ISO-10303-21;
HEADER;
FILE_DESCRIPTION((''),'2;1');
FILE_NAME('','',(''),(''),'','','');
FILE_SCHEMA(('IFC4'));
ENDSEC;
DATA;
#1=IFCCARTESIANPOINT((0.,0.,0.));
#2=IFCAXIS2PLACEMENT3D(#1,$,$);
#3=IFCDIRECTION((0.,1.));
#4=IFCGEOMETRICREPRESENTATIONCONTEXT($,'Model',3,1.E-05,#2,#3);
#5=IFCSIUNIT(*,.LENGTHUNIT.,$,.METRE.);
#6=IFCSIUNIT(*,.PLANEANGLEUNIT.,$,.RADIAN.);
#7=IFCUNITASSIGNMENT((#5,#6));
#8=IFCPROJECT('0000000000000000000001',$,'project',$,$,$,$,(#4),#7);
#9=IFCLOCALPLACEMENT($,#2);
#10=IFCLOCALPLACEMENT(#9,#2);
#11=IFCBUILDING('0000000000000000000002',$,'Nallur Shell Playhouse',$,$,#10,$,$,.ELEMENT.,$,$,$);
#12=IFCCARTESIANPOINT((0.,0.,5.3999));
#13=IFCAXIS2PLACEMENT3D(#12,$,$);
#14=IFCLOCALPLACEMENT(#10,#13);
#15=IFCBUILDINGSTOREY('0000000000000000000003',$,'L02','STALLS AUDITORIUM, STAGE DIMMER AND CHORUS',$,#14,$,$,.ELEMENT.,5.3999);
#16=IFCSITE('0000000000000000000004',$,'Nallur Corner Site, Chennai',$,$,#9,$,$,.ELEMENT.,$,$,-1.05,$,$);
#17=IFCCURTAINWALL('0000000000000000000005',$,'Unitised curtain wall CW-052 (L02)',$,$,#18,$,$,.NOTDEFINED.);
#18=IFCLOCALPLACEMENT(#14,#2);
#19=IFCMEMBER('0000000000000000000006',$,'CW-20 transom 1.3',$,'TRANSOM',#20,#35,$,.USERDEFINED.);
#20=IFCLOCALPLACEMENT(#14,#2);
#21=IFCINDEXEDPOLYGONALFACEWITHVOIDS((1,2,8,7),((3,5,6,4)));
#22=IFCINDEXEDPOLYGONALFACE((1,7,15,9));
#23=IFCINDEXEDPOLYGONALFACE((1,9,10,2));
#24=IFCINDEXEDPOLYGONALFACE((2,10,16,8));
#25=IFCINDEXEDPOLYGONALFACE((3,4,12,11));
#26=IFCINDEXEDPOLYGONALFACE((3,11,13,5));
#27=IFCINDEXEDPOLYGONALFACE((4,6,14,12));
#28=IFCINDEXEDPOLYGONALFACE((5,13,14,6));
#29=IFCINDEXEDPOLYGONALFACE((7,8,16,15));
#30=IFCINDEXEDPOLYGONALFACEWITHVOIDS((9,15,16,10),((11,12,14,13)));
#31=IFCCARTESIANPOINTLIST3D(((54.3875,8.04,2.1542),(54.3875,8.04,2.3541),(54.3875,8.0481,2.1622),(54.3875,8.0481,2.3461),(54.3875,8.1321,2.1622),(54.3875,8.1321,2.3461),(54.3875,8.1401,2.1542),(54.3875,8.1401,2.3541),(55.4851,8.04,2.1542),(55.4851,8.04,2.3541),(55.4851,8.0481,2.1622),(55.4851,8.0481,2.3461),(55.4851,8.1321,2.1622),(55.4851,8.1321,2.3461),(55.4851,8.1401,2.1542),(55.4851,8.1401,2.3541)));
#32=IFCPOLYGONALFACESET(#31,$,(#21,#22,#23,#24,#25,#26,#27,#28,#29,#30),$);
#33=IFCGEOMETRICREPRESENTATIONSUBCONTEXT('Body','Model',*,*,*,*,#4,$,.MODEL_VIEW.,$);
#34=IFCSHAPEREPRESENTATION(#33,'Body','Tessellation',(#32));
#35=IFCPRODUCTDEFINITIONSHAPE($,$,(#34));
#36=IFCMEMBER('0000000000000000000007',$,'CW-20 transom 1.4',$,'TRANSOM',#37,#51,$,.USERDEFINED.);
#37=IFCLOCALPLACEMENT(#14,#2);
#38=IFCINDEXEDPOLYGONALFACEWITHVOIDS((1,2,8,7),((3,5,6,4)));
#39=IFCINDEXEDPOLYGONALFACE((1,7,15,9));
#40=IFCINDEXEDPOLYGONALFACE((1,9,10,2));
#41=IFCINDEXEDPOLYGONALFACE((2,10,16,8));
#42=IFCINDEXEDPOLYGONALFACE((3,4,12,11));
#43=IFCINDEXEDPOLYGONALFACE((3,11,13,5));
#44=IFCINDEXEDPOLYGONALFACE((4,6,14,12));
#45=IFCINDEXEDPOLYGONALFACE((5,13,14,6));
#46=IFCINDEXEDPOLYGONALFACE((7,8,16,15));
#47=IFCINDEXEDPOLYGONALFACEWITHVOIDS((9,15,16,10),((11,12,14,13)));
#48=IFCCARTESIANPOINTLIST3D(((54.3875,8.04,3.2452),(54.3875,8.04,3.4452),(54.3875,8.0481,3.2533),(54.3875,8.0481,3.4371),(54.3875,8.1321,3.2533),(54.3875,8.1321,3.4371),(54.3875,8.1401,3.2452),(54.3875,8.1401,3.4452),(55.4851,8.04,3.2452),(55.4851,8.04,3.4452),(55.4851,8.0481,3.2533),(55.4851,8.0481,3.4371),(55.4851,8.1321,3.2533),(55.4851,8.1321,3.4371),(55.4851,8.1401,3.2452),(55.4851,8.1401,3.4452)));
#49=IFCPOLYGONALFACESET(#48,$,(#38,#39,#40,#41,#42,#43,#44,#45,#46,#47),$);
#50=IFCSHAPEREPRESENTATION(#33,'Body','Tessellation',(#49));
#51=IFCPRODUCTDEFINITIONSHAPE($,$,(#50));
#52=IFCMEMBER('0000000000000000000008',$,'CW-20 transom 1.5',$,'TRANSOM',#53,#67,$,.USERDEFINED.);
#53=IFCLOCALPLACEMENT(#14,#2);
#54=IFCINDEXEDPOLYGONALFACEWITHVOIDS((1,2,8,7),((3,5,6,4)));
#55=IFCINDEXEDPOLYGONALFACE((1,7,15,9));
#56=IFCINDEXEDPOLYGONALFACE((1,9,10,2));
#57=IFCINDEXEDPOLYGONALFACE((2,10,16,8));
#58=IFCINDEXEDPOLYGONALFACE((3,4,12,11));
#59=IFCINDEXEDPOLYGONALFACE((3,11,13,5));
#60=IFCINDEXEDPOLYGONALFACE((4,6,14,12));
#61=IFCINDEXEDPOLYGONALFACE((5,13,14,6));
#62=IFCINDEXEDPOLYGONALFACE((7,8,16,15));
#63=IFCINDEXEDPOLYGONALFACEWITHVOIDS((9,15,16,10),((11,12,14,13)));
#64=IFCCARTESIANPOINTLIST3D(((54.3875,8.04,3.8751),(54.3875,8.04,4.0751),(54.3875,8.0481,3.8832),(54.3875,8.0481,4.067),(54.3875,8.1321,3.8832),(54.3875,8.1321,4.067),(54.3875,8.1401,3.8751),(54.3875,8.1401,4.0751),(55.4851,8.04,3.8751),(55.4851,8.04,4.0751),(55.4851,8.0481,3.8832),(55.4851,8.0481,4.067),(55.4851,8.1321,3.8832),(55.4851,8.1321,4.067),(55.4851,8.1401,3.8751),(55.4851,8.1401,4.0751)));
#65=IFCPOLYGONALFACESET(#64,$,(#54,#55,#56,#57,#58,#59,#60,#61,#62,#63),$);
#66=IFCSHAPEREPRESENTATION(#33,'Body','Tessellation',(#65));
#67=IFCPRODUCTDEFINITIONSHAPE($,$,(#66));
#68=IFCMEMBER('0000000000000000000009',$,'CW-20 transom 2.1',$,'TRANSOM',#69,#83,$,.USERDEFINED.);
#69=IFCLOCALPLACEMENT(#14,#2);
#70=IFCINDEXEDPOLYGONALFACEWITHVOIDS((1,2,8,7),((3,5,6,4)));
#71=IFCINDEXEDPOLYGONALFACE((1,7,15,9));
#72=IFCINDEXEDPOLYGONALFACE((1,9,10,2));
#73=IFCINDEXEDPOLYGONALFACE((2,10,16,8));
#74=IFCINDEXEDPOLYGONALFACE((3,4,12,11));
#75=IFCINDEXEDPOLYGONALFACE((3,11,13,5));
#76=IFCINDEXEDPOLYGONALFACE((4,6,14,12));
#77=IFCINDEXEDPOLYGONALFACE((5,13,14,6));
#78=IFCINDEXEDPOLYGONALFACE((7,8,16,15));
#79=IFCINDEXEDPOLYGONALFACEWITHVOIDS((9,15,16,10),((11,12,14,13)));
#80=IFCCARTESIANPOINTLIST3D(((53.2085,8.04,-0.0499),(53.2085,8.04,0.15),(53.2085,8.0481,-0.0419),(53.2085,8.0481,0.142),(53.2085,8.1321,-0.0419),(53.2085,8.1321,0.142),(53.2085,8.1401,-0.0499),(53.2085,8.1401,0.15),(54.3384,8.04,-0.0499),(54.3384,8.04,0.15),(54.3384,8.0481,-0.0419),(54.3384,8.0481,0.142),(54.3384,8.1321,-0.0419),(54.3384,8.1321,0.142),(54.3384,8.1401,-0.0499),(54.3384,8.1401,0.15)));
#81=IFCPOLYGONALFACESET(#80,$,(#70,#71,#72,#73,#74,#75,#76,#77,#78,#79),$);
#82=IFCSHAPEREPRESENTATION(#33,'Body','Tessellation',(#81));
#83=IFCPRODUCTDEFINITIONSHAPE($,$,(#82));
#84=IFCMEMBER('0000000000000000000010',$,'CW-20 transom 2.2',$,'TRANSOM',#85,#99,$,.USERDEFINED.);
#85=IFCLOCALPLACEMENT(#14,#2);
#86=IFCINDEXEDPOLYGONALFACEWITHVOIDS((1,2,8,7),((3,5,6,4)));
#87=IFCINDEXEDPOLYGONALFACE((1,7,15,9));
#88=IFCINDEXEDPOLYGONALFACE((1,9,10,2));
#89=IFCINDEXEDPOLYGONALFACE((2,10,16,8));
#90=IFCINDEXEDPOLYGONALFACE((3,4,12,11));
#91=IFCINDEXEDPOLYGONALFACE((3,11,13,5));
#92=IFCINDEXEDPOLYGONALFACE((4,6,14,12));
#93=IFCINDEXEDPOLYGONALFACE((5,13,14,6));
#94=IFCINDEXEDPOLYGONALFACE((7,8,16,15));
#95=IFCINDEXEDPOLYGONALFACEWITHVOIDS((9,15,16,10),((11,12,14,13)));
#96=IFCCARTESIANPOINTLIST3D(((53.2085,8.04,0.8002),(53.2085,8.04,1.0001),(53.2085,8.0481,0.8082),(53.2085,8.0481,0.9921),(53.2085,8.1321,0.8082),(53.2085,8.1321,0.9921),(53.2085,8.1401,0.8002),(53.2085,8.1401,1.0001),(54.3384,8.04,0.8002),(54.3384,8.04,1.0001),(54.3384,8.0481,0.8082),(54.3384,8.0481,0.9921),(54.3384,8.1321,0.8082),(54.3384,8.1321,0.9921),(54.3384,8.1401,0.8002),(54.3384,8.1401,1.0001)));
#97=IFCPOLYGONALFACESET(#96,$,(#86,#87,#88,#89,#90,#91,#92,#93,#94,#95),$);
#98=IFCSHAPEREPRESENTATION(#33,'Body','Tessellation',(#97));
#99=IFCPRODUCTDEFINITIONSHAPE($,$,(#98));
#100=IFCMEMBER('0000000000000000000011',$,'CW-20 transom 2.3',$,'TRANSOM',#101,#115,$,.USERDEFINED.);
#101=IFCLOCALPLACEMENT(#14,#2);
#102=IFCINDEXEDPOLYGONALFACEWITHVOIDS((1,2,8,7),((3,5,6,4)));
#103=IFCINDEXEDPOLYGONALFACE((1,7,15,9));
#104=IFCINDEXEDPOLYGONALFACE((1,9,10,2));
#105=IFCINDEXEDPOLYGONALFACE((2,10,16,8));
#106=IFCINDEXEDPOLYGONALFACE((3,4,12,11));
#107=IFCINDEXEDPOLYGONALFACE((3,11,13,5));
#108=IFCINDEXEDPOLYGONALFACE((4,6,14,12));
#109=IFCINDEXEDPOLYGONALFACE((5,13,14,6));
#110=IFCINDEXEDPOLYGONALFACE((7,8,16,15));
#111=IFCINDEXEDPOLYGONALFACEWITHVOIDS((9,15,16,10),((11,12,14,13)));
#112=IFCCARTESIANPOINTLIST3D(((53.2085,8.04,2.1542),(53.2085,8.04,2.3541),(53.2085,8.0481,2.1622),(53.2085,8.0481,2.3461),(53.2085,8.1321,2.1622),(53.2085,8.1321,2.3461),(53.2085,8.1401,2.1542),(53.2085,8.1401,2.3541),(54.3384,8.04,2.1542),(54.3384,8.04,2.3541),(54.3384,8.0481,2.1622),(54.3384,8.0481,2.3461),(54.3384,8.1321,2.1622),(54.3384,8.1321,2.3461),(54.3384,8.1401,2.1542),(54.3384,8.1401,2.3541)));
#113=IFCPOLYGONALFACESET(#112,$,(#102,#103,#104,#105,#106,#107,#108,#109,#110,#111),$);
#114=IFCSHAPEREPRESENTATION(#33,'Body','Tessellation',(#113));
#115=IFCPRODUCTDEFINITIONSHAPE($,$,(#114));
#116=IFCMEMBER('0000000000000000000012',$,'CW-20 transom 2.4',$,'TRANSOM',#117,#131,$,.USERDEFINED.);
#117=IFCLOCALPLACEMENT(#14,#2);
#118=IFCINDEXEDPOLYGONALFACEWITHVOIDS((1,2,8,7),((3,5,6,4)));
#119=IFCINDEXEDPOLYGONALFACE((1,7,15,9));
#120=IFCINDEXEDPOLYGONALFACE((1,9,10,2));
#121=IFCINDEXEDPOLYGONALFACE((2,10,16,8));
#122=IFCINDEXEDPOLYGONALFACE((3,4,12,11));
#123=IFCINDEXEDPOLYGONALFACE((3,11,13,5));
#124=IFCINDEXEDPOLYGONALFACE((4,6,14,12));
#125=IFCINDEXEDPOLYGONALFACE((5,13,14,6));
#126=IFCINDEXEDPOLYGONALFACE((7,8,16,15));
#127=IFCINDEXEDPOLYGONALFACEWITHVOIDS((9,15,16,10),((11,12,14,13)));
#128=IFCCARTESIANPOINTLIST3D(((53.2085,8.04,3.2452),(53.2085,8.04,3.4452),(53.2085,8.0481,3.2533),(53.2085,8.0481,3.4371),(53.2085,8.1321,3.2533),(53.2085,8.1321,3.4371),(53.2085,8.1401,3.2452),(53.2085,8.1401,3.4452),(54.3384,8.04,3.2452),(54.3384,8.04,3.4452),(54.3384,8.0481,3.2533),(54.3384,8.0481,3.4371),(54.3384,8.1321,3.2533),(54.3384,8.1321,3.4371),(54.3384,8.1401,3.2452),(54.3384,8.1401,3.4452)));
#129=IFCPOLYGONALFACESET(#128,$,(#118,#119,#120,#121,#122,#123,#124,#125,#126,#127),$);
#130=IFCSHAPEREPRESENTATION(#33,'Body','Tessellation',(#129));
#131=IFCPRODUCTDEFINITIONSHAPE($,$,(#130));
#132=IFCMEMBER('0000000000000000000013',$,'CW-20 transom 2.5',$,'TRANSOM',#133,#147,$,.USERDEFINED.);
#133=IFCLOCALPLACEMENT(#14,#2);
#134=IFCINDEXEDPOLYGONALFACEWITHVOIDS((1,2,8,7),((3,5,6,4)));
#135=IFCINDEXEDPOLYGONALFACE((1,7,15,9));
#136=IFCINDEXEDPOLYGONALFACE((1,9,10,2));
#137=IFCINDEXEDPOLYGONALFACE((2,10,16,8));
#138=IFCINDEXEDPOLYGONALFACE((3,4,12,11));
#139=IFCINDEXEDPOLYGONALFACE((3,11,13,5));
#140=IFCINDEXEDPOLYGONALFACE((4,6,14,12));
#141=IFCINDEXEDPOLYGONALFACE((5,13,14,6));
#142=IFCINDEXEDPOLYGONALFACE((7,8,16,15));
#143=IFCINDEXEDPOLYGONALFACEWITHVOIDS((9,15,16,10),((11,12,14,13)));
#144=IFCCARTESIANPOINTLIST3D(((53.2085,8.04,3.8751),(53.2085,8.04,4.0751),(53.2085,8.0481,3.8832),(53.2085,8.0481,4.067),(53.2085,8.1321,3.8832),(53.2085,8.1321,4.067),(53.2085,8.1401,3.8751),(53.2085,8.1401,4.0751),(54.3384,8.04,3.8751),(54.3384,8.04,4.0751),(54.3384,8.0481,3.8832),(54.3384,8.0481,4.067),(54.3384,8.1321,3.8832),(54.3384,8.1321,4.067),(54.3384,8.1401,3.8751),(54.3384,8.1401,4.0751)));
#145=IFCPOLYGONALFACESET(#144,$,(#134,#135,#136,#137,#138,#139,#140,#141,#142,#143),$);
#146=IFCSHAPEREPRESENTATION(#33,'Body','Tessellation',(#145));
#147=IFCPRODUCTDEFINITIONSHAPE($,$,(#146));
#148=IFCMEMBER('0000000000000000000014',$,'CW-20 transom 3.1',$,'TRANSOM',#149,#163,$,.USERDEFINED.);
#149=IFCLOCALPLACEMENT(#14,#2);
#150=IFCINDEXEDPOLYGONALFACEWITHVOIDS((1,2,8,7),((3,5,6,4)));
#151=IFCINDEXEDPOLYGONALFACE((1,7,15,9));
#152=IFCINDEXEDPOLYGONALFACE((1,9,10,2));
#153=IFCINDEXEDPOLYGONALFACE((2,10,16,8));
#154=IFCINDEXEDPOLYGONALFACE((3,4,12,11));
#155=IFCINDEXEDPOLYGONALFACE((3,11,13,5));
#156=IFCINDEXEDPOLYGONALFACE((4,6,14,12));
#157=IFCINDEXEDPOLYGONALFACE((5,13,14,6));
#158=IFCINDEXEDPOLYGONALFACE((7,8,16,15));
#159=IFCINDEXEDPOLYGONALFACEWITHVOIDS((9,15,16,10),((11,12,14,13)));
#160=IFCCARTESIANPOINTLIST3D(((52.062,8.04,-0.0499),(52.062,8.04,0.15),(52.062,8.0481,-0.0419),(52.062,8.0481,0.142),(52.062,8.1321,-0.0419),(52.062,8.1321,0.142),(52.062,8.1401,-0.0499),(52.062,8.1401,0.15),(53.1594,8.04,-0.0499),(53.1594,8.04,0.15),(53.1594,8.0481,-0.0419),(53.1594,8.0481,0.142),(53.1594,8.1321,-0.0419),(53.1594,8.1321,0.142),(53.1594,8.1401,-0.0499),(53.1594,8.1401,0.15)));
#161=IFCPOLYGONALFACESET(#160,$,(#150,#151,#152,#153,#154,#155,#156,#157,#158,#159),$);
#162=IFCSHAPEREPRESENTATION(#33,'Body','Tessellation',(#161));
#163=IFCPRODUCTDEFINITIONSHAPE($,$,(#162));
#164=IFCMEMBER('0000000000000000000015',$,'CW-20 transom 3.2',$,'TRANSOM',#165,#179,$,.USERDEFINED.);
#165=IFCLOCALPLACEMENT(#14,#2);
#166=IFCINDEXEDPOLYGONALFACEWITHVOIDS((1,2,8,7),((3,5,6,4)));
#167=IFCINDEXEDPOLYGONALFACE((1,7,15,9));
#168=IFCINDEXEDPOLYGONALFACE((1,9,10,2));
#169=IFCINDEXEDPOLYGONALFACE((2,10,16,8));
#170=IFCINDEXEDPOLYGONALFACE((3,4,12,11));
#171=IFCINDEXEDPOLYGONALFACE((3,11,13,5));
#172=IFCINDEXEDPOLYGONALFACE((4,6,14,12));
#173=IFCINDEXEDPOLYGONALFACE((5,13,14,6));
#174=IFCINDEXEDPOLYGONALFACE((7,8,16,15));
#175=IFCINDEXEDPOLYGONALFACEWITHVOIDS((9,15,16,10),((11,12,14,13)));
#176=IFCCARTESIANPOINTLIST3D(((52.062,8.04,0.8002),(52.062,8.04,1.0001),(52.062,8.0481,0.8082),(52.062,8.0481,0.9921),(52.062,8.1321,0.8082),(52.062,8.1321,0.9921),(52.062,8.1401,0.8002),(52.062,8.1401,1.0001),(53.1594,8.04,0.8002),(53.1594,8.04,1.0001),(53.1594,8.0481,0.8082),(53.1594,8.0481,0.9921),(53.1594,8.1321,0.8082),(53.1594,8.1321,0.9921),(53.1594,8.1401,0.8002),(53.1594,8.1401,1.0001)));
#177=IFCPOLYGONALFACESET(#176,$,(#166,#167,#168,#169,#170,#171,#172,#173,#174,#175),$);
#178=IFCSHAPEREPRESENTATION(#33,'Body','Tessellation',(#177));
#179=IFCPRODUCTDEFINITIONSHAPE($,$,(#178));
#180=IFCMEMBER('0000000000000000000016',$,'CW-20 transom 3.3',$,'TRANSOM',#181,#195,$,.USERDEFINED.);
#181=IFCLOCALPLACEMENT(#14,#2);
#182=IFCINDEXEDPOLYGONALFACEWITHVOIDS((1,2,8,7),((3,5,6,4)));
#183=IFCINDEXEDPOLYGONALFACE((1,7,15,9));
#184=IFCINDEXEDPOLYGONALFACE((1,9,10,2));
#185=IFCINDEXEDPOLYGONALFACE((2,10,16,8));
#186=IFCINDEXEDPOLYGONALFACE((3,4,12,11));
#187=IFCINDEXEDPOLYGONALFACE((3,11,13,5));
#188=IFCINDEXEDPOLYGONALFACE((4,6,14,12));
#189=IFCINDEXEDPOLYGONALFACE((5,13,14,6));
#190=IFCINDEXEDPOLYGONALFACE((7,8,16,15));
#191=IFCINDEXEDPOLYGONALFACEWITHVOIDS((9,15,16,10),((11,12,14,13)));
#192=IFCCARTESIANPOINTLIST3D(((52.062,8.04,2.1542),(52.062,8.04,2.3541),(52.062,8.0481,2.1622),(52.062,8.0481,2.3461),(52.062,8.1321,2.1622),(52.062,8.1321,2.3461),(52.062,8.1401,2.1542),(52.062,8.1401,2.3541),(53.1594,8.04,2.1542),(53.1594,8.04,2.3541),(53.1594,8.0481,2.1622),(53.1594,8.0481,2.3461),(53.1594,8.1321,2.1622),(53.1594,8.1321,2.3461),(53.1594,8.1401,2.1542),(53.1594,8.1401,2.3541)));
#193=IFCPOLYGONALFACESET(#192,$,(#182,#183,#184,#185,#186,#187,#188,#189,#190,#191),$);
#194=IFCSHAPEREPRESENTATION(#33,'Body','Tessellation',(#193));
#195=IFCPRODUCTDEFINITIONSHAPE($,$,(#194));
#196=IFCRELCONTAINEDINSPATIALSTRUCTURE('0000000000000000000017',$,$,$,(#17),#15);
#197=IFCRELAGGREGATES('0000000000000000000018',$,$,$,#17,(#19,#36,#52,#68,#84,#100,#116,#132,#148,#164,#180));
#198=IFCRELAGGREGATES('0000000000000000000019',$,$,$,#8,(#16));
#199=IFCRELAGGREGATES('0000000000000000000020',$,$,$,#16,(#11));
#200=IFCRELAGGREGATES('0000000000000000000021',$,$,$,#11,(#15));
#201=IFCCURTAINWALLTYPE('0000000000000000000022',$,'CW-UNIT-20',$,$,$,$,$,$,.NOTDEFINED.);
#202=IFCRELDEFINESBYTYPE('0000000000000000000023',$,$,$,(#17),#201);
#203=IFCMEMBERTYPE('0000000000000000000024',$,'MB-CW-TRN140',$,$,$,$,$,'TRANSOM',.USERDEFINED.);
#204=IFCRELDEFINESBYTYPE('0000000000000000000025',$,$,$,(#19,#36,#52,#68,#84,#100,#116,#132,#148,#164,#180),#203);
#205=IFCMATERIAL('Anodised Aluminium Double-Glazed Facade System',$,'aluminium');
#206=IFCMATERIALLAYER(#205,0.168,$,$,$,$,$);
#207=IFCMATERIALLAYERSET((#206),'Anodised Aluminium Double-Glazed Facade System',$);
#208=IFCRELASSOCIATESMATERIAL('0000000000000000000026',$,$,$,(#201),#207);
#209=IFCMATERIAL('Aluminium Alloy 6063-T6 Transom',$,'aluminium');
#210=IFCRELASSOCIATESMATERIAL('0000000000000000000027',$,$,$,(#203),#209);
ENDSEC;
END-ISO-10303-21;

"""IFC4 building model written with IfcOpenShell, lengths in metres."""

from ifc_helpers import new_model, si_unit, direction, frame, origin, origin_2d, place, context, subcontext, project, spatial, hollow_rectangle, extrude, material, layer, layer_set, material_profile, profile_set, type_object, element, aggregate, save


model = new_model("IFC4")

# Units and contexts
model_context = context("Model", 3, precision=1e-05, world=origin(), true_north=direction((0.0, 1.0)))
body_context = subcontext(model_context, "Body", "Model", "MODEL_VIEW")
ifc_project = project(units=[si_unit("LENGTHUNIT", "METRE"), si_unit("PLANEANGLEUNIT", "RADIAN")], contexts=[model_context])

# Site, building, storey
site_placement = place(None, origin())
site = spatial("IfcSite", under=ifc_project, at=site_placement, Name="Nallur Corner Site, Chennai", CompositionType="ELEMENT", RefElevation=-1.05)
building_placement = place(site_placement, origin())
building = spatial("IfcBuilding", under=site, at=building_placement, Name="Nallur Shell Playhouse", CompositionType="ELEMENT")
storey_placement = place(building_placement, frame((0.0, 0.0, 5.3999)))
storey = spatial("IfcBuildingStorey", under=building, at=storey_placement, Name="L02", Description="STALLS AUDITORIUM, STAGE DIMMER AND CHORUS", CompositionType="ELEMENT", Elevation=5.3999)

# Shared definitions
ifc_material_1 = material(Name="Anodised Aluminium Double-Glazed Facade System", Category="aluminium")

# Curtain wall
ifc_layer_1 = layer(ifc_material_1, 0.168)
ifc_layer_set_1 = layer_set([ifc_layer_1], Name="Anodised Aluminium Double-Glazed Facade System")
curtain_wall_type_1 = type_object("IfcCurtainWallType", Name="CW-UNIT-20", PredefinedType="NOTDEFINED", material=ifc_layer_set_1)
curtain_wall_1_placement = place(storey_placement, origin())
curtain_wall_1 = element("IfcCurtainWall", 1, at=curtain_wall_1_placement, inside=storey, type_object=curtain_wall_type_1, Name="Unitised curtain wall CW-052 (L02)", PredefinedType="NOTDEFINED")

# Members
ifc_material_2 = material(Name="Aluminium Alloy 6063-T6 Transom", Category="aluminium")
ifc_material_profile_1 = material_profile(ifc_material_2, hollow_rectangle(XDim=0.1001, YDim=0.2, WallThickness=0.0081, at=origin_2d()), Name="RHS 200x100x8")
ifc_profile_set_1 = profile_set([ifc_material_profile_1], Name="Aluminium Alloy 6063-T6 Transom")
member_type_1 = type_object("IfcMemberType", Name="MB-CW-TRN140", ElementType="TRANSOM", PredefinedType="USERDEFINED", material=ifc_profile_set_1)
member_1_placement = place(storey_placement, frame((55.4851, 8.0901, 2.2542), z_axis=(-1.0, 0.0, 0.0), x_axis=(0.0, -1.0, 0.0)))
member_1 = element("IfcMember", 2, at=member_1_placement, type_object=member_type_1, Name="CW-20 transom 1.3", ObjectType="TRANSOM", PredefinedType="USERDEFINED", context=body_context, shape_type="SweptSolid", body=[
    extrude(hollow_rectangle(XDim=0.1001, YDim=0.2, WallThickness=0.0081, at=origin_2d()), origin(), (0.0, 0.0, 1.0), 1.0977),
])
member_2_placement = place(storey_placement, frame((55.4851, 8.0901, 3.3452), z_axis=(-1.0, 0.0, 0.0), x_axis=(0.0, -1.0, 0.0)))
member_2 = element("IfcMember", 3, at=member_2_placement, type_object=member_type_1, Name="CW-20 transom 1.4", ObjectType="TRANSOM", PredefinedType="USERDEFINED", context=body_context, shape_type="SweptSolid", body=[
    extrude(hollow_rectangle(XDim=0.1001, YDim=0.2, WallThickness=0.0081, at=origin_2d()), origin(), (0.0, 0.0, 1.0), 1.0977),
])
member_3_placement = place(storey_placement, frame((55.4851, 8.0901, 3.9751), z_axis=(-1.0, 0.0, 0.0), x_axis=(0.0, -1.0, 0.0)))
member_3 = element("IfcMember", 4, at=member_3_placement, type_object=member_type_1, Name="CW-20 transom 1.5", ObjectType="TRANSOM", PredefinedType="USERDEFINED", context=body_context, shape_type="SweptSolid", body=[
    extrude(hollow_rectangle(XDim=0.1001, YDim=0.2, WallThickness=0.0081, at=origin_2d()), origin(), (0.0, 0.0, 1.0), 1.0977),
])
member_4_placement = place(storey_placement, frame((54.3384, 8.0901, 0.05), z_axis=(-1.0, 0.0, 0.0), x_axis=(0.0, -1.0, 0.0)))
member_4 = element("IfcMember", 5, at=member_4_placement, type_object=member_type_1, Name="CW-20 transom 2.1", ObjectType="TRANSOM", PredefinedType="USERDEFINED", context=body_context, shape_type="SweptSolid", body=[
    extrude(hollow_rectangle(XDim=0.1001, YDim=0.2, WallThickness=0.0081, at=origin_2d()), origin(), (0.0, 0.0, 1.0), 1.1299),
])
member_5_placement = place(storey_placement, frame((54.3384, 8.0901, 0.9001), z_axis=(-1.0, 0.0, 0.0), x_axis=(0.0, -1.0, 0.0)))
member_5 = element("IfcMember", 6, at=member_5_placement, type_object=member_type_1, Name="CW-20 transom 2.2", ObjectType="TRANSOM", PredefinedType="USERDEFINED", context=body_context, shape_type="SweptSolid", body=[
    extrude(hollow_rectangle(XDim=0.1001, YDim=0.2, WallThickness=0.0081, at=origin_2d()), origin(), (0.0, 0.0, 1.0), 1.1299),
])
member_6_placement = place(storey_placement, frame((54.3384, 8.0901, 2.2542), z_axis=(-1.0, 0.0, 0.0), x_axis=(0.0, -1.0, 0.0)))
member_6 = element("IfcMember", 7, at=member_6_placement, type_object=member_type_1, Name="CW-20 transom 2.3", ObjectType="TRANSOM", PredefinedType="USERDEFINED", context=body_context, shape_type="SweptSolid", body=[
    extrude(hollow_rectangle(XDim=0.1001, YDim=0.2, WallThickness=0.0081, at=origin_2d()), origin(), (0.0, 0.0, 1.0), 1.1299),
])
member_7_placement = place(storey_placement, frame((54.3384, 8.0901, 3.3452), z_axis=(-1.0, 0.0, 0.0), x_axis=(0.0, -1.0, 0.0)))
member_7 = element("IfcMember", 8, at=member_7_placement, type_object=member_type_1, Name="CW-20 transom 2.4", ObjectType="TRANSOM", PredefinedType="USERDEFINED", context=body_context, shape_type="SweptSolid", body=[
    extrude(hollow_rectangle(XDim=0.1001, YDim=0.2, WallThickness=0.0081, at=origin_2d()), origin(), (0.0, 0.0, 1.0), 1.1299),
])
member_8_placement = place(storey_placement, frame((54.3384, 8.0901, 3.9751), z_axis=(-1.0, 0.0, 0.0), x_axis=(0.0, -1.0, 0.0)))
member_8 = element("IfcMember", 9, at=member_8_placement, type_object=member_type_1, Name="CW-20 transom 2.5", ObjectType="TRANSOM", PredefinedType="USERDEFINED", context=body_context, shape_type="SweptSolid", body=[
    extrude(hollow_rectangle(XDim=0.1001, YDim=0.2, WallThickness=0.0081, at=origin_2d()), origin(), (0.0, 0.0, 1.0), 1.1299),
])
member_9_placement = place(storey_placement, frame((53.1594, 8.0901, 0.05), z_axis=(-1.0, 0.0, 0.0), x_axis=(0.0, -1.0, 0.0)))
member_9 = element("IfcMember", 10, at=member_9_placement, type_object=member_type_1, Name="CW-20 transom 3.1", ObjectType="TRANSOM", PredefinedType="USERDEFINED", context=body_context, shape_type="SweptSolid", body=[
    extrude(hollow_rectangle(XDim=0.1001, YDim=0.2, WallThickness=0.0081, at=origin_2d()), origin(), (0.0, 0.0, 1.0), 1.0974),
])
member_10_placement = place(storey_placement, frame((53.1594, 8.0901, 0.9001), z_axis=(-1.0, 0.0, 0.0), x_axis=(0.0, -1.0, 0.0)))
member_10 = element("IfcMember", 11, at=member_10_placement, type_object=member_type_1, Name="CW-20 transom 3.2", ObjectType="TRANSOM", PredefinedType="USERDEFINED", context=body_context, shape_type="SweptSolid", body=[
    extrude(hollow_rectangle(XDim=0.1001, YDim=0.2, WallThickness=0.0081, at=origin_2d()), origin(), (0.0, 0.0, 1.0), 1.0974),
])
member_11_placement = place(storey_placement, frame((53.1594, 8.0901, 2.2542), z_axis=(-1.0, 0.0, 0.0), x_axis=(0.0, -1.0, 0.0)))
member_11 = element("IfcMember", 12, at=member_11_placement, type_object=member_type_1, Name="CW-20 transom 3.3", ObjectType="TRANSOM", PredefinedType="USERDEFINED", context=body_context, shape_type="SweptSolid", body=[
    extrude(hollow_rectangle(XDim=0.1001, YDim=0.2, WallThickness=0.0081, at=origin_2d()), origin(), (0.0, 0.0, 1.0), 1.0974),
])

aggregate(curtain_wall_1, [member_1, member_2, member_3, member_4, member_5, member_6, member_7, member_8, member_9, member_10, member_11])

save(model, "model.ifc")
